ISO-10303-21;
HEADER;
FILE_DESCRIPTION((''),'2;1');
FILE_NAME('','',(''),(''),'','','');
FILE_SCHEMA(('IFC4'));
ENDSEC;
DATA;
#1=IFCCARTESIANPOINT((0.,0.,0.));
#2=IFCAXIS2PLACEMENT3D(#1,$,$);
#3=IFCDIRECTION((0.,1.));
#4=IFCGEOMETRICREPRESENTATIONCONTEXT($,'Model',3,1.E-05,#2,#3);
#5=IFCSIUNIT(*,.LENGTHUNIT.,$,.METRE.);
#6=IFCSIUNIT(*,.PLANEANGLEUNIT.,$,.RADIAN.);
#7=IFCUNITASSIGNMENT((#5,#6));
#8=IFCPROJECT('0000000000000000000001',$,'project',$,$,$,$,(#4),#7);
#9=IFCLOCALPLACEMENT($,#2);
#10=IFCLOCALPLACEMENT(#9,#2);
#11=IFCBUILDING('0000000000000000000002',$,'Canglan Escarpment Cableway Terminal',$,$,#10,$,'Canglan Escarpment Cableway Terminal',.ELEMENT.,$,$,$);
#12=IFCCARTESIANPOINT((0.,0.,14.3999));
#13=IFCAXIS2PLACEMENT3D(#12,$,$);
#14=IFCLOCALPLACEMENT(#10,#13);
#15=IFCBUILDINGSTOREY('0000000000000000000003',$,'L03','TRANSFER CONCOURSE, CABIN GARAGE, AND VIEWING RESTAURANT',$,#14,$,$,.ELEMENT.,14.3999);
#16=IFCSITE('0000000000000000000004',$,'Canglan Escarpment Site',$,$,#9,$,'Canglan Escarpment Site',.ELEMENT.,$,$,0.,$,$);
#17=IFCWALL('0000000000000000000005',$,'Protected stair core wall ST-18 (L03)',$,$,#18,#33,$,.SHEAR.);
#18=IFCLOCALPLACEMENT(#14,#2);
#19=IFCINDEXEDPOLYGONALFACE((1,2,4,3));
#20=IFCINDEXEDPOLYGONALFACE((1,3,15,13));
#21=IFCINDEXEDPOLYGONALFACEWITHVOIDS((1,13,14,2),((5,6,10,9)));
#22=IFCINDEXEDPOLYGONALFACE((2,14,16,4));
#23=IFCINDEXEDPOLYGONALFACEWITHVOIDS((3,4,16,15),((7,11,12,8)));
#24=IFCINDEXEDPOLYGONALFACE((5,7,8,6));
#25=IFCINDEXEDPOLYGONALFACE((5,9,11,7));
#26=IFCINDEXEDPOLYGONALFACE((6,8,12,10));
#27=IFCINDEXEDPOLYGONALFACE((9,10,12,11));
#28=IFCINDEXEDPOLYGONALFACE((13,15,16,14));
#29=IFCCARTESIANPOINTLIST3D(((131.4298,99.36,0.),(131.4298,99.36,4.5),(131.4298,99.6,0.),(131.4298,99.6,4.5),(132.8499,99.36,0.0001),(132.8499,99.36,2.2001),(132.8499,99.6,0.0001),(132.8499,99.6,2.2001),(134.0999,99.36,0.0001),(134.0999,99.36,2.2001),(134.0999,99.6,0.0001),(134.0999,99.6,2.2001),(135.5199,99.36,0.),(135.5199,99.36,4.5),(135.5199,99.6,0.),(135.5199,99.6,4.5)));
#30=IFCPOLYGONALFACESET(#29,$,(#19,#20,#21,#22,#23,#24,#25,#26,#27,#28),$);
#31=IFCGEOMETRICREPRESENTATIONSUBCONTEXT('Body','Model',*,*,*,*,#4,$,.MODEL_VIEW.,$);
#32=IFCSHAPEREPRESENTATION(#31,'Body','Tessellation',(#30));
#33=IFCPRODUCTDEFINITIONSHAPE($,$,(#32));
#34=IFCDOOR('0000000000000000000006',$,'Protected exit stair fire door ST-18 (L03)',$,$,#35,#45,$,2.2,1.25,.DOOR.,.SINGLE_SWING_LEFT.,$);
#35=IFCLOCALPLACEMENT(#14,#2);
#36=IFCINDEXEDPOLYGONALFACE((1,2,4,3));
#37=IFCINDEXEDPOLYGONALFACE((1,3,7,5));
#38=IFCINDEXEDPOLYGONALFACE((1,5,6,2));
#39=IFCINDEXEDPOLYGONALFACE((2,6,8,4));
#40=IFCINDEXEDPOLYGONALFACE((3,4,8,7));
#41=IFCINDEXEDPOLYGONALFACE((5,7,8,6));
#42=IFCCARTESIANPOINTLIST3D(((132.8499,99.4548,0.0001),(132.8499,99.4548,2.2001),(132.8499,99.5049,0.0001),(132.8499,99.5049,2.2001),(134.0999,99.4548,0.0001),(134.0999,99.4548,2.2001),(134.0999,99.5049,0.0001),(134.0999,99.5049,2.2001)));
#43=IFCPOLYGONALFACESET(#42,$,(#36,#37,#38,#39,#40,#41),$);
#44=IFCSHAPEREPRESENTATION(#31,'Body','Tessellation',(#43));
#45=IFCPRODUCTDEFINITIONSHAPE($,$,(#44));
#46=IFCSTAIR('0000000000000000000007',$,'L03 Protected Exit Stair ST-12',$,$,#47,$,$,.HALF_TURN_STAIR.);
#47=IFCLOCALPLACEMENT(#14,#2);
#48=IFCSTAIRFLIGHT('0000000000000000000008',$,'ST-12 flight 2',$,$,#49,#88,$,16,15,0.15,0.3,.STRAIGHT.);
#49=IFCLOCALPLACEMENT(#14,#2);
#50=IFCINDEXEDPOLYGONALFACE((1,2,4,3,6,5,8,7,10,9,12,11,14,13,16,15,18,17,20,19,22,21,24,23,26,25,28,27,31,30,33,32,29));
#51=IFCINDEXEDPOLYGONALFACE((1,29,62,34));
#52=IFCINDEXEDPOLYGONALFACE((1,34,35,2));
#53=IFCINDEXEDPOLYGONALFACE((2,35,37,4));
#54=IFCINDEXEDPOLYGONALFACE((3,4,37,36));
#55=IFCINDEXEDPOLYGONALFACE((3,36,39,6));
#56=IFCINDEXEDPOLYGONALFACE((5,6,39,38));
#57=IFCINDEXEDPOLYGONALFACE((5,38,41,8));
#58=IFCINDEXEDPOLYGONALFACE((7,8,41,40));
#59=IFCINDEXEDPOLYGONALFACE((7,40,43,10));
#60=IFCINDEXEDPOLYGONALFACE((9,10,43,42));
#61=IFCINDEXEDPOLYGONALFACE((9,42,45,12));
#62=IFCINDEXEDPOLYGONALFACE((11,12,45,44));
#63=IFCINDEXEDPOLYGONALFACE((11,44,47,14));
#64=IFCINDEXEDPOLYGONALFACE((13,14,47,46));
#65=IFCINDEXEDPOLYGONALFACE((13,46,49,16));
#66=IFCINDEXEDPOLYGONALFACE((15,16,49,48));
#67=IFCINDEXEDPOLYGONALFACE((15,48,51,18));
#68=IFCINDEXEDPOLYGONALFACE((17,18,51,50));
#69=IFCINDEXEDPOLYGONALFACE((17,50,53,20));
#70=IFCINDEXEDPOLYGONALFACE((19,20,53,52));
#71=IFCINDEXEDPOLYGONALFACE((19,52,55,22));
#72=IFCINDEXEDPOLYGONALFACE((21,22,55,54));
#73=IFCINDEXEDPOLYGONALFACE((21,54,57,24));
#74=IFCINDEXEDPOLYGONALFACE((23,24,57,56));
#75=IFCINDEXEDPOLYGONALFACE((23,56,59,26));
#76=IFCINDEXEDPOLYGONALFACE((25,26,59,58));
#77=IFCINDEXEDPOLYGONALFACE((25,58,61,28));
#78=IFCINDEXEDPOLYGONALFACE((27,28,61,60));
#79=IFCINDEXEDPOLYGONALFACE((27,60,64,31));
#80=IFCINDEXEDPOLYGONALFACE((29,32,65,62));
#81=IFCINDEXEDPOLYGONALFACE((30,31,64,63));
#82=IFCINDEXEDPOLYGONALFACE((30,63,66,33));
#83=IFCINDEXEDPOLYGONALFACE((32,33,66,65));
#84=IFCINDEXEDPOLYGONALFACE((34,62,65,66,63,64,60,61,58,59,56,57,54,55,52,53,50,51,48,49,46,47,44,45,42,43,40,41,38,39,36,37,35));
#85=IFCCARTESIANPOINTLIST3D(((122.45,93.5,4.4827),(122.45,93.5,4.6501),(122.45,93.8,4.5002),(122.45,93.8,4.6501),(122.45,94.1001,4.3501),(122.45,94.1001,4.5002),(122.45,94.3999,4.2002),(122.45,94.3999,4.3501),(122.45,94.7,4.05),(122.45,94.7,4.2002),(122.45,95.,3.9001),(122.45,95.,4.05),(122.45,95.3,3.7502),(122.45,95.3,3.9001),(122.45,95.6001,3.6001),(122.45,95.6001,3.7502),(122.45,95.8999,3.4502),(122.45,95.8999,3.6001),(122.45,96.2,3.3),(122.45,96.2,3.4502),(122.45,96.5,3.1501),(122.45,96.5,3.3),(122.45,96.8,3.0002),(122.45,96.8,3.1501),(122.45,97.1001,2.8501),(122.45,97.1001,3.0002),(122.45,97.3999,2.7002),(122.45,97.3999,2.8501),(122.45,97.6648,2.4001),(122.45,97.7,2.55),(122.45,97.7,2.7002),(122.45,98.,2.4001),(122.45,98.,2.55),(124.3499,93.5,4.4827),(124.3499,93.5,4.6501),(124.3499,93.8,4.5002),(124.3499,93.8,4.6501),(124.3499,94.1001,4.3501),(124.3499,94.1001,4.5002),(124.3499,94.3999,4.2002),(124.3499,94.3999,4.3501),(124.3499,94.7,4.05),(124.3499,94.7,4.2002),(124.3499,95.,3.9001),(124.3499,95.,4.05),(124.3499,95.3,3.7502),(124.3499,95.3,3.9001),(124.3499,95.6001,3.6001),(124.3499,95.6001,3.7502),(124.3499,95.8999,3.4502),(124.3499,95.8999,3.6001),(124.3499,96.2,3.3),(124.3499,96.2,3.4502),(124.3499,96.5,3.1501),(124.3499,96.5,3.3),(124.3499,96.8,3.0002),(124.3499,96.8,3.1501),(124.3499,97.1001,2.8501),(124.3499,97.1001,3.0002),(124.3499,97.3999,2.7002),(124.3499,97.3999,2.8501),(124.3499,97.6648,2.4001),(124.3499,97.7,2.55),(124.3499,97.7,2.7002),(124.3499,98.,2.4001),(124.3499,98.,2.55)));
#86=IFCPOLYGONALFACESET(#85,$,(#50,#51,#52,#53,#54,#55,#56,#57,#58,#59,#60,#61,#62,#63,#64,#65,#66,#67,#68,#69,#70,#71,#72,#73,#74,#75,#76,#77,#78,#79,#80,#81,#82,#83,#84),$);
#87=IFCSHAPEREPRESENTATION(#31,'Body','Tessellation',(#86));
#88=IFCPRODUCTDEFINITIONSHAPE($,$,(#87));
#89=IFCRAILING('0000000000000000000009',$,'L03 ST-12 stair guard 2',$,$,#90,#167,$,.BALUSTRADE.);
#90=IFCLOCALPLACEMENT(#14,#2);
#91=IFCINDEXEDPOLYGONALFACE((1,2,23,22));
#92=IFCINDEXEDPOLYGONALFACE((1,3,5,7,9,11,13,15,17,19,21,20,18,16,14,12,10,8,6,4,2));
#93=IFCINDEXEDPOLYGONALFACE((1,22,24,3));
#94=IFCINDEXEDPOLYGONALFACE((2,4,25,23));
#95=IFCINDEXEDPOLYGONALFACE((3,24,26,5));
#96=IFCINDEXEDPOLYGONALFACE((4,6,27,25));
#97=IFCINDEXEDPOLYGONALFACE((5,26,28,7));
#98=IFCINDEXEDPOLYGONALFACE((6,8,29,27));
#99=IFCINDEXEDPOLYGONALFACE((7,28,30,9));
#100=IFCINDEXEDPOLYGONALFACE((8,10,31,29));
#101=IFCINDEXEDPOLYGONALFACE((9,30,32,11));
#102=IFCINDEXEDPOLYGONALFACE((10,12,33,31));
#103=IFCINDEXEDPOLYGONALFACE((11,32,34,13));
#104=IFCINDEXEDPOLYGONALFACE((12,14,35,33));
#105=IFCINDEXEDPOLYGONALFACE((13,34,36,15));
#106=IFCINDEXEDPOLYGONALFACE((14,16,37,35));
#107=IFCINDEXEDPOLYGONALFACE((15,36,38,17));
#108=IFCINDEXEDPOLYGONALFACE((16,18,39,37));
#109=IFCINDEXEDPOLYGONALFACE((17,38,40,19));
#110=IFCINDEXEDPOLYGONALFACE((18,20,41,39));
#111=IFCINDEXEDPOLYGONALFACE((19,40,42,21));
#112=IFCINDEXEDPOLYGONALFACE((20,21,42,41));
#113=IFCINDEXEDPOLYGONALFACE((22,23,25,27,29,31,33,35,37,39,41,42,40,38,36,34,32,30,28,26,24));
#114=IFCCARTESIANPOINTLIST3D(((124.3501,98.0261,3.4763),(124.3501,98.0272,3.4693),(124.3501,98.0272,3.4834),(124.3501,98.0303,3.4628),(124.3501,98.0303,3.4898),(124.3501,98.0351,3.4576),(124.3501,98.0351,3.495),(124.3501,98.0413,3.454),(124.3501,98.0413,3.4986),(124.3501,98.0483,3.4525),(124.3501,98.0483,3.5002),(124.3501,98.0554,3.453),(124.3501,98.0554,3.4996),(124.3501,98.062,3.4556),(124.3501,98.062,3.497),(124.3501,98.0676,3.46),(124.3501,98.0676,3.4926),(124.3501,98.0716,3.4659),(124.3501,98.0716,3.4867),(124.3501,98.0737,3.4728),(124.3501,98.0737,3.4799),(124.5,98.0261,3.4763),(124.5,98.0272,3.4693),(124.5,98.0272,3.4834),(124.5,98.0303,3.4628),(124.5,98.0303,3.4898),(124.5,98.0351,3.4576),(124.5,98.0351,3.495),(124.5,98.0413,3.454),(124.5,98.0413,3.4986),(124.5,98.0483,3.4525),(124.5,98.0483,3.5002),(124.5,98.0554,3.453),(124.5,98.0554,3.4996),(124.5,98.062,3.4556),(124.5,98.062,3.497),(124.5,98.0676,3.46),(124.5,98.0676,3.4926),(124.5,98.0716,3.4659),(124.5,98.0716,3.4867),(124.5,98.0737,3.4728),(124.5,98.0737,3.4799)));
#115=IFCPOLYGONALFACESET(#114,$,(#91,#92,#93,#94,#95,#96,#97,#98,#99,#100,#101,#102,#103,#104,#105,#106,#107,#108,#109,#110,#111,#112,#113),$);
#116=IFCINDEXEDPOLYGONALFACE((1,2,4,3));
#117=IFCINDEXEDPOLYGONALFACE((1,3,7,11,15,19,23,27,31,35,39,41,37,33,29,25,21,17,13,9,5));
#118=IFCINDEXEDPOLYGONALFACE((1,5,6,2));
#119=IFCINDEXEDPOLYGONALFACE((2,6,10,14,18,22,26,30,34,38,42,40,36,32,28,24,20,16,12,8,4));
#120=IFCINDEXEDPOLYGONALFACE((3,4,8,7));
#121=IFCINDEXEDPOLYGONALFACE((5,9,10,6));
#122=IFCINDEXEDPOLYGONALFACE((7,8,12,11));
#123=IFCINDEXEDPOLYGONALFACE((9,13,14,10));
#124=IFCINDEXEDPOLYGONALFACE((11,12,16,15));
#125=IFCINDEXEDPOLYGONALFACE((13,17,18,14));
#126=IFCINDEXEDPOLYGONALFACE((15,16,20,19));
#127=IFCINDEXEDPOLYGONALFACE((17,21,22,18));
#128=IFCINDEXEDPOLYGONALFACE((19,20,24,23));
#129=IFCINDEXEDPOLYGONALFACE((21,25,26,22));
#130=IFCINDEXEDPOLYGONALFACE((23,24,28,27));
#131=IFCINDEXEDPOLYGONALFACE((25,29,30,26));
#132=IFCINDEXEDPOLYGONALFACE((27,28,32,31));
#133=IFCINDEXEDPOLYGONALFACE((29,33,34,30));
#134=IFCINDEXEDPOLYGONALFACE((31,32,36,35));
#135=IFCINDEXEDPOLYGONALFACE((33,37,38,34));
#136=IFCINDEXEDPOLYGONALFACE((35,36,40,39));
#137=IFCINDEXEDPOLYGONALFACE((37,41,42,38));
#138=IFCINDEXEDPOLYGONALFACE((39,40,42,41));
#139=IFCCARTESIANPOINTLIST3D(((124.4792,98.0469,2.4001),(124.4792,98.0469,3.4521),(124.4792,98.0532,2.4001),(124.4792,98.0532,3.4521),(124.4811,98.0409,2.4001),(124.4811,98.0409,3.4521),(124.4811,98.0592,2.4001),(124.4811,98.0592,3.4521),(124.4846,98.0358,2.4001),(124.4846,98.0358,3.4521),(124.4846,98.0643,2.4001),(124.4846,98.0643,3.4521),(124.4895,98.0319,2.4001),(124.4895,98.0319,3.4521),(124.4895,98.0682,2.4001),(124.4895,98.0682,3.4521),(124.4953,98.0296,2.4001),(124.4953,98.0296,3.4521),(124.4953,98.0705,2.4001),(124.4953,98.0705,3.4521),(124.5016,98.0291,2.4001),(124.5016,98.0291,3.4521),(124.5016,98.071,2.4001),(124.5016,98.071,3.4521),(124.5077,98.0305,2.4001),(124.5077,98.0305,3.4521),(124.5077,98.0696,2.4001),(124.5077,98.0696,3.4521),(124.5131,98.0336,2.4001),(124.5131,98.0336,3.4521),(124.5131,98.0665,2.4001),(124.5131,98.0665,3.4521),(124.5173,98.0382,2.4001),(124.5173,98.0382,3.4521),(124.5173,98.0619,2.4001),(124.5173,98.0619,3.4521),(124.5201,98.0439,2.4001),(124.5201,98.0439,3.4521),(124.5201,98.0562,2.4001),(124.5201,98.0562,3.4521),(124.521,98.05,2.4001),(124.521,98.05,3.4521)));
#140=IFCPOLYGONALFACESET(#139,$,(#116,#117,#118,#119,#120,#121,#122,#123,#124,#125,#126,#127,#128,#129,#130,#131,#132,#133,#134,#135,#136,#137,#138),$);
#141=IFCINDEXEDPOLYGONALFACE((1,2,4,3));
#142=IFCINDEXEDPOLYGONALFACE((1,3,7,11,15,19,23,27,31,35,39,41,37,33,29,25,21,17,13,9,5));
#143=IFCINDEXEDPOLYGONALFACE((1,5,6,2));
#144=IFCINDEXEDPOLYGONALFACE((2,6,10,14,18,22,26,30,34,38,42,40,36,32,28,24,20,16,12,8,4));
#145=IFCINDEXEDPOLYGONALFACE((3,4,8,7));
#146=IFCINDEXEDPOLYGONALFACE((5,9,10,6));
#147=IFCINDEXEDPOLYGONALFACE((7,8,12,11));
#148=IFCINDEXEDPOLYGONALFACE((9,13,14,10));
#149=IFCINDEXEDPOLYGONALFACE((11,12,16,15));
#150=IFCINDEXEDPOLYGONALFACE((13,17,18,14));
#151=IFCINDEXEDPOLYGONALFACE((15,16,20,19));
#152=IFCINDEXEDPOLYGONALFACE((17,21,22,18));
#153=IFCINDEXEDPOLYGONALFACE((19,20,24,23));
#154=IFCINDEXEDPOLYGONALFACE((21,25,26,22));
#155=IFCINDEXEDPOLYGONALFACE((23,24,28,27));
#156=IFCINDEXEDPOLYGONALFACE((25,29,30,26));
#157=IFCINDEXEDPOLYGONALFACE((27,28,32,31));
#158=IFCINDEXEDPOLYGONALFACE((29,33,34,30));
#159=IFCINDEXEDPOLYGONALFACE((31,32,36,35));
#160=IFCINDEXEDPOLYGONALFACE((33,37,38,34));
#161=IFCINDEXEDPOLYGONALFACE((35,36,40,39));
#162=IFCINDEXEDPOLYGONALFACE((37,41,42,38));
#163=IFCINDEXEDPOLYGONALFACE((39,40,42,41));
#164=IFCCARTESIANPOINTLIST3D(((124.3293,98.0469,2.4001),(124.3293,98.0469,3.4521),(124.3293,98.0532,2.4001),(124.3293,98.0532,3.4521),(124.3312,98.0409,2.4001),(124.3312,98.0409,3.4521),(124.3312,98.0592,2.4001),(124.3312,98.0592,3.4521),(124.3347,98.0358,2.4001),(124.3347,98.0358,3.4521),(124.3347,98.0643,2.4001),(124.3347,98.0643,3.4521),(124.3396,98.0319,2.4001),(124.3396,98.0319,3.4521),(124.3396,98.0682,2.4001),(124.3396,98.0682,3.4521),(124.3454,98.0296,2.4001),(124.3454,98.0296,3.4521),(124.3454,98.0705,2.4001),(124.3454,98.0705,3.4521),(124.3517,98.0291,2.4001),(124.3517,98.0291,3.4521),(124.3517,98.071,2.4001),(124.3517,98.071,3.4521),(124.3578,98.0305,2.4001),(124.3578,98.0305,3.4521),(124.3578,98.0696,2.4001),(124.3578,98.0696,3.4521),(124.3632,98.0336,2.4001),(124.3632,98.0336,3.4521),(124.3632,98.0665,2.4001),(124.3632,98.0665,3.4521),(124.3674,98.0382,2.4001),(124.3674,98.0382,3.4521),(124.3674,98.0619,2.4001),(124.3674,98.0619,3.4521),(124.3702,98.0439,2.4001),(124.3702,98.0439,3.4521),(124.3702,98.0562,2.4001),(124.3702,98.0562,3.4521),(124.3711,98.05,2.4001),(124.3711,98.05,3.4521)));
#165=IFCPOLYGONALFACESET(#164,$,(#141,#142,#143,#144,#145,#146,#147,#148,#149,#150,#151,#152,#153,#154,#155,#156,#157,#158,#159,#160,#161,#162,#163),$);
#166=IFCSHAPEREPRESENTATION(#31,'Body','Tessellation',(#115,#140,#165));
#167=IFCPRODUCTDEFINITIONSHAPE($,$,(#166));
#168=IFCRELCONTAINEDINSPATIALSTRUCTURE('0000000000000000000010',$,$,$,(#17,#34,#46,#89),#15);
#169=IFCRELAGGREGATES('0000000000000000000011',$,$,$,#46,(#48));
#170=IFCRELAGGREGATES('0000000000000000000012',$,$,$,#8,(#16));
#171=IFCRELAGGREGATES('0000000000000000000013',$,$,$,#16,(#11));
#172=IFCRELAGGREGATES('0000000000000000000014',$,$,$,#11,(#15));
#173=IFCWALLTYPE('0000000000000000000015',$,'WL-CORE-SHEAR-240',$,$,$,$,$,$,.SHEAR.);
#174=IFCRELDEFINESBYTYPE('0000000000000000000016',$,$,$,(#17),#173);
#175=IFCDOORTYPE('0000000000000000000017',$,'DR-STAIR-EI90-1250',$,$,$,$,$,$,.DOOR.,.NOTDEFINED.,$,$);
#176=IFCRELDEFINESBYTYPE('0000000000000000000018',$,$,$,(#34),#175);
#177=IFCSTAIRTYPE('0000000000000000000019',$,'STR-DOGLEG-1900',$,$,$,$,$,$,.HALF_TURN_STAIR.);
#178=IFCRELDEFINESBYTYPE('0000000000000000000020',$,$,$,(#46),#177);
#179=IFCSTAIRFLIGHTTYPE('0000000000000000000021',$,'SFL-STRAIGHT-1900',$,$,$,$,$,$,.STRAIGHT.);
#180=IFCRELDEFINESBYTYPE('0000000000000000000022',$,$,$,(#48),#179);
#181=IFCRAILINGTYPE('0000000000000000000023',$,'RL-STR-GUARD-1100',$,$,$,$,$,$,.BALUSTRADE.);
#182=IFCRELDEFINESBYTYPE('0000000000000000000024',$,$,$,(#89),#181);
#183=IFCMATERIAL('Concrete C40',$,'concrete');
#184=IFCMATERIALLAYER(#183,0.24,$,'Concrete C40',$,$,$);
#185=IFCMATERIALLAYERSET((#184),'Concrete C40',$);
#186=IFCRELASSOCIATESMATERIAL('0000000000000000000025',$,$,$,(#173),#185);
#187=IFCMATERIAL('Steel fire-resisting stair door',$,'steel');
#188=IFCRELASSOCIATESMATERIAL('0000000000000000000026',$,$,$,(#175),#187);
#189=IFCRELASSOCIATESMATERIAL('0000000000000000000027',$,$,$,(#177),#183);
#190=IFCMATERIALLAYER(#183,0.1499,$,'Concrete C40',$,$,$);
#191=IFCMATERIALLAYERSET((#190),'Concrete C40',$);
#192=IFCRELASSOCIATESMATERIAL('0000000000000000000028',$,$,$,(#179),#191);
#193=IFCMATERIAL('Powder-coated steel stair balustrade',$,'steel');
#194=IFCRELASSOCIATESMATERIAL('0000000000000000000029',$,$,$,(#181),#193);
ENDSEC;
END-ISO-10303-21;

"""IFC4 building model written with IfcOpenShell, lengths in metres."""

from ifc_helpers import new_model, si_unit, direction, frame, frame_2d, origin, origin_2d, place, context, subcontext, project, spatial, polyline, rectangle, circle, outline, extrude, material, layer, layer_set, type_object, element, fill, aggregate, save


model = new_model("IFC4")

# Units and contexts
model_context = context("Model", 3, precision=1e-05, world=origin(), true_north=direction((0.0, 1.0)))
body_context = subcontext(model_context, "Body", "Model", "MODEL_VIEW")
ifc_project = project(units=[si_unit("LENGTHUNIT", "METRE"), si_unit("PLANEANGLEUNIT", "RADIAN")], contexts=[model_context])

# Site, building, storey
site_placement = place(None, origin())
site = spatial("IfcSite", under=ifc_project, at=site_placement, Name="Canglan Escarpment Site", LongName="Canglan Escarpment Site", CompositionType="ELEMENT", RefElevation=0.0)
building_placement = place(site_placement, origin())
building = spatial("IfcBuilding", under=site, at=building_placement, Name="Canglan Escarpment Cableway Terminal", LongName="Canglan Escarpment Cableway Terminal", CompositionType="ELEMENT")
storey_placement = place(building_placement, frame((0.0, 0.0, 14.3999)))
storey = spatial("IfcBuildingStorey", under=building, at=storey_placement, Name="L03", Description="TRANSFER CONCOURSE, CABIN GARAGE, AND VIEWING RESTAURANT", CompositionType="ELEMENT", Elevation=14.3999)

# Shared definitions
ifc_material_1 = material(Name="Concrete C40", Category="concrete")

# Shared definitions
ifc_layer_1 = layer(ifc_material_1, 0.24, Name="Concrete C40")
ifc_layer_set_1 = layer_set([ifc_layer_1], Name="Concrete C40")
wall_type_1 = type_object("IfcWallType", Name="WL-CORE-SHEAR-240", PredefinedType="SHEAR", material=ifc_layer_set_1)

# Wall, opening, door
wall_1_placement = place(storey_placement, frame((131.4299, 99.48, 0.0), z_axis=(0.0, 0.0, 1.0), x_axis=(1.0, 0.0, 0.0)))
wall_1 = element("IfcWall", 1, at=wall_1_placement, inside=storey, type_object=wall_type_1, Name="Protected stair core wall ST-18 (L03)", PredefinedType="SHEAR", context=body_context, shape_type="SweptSolid", body=[
    extrude(rectangle(XDim=4.0901, YDim=0.24, at=frame_2d((2.0449, 0.0))), origin(), (0.0, 0.0, 1.0), 4.5),
])
opening_placement = place(wall_1_placement, frame((1.4199, 0.0, 0.0)))
opening = element("IfcOpeningElement", 2, at=opening_placement, cuts=wall_1, PredefinedType="OPENING", context=body_context, shape_type="SweptSolid", body=[
    extrude(rectangle(XDim=1.25, YDim=2.2, at=frame_2d((0.625, 1.1001))), frame((0.0, 0.1299, 0.0), z_axis=(0.0, -1.0, 0.0), x_axis=(1.0, 0.0, 0.0)), (0.0, 0.0, 1.0), 0.26),
])
ifc_material_2 = material(Name="Steel fire-resisting stair door", Category="steel")
door_type = type_object("IfcDoorType", Name="DR-STAIR-EI90-1250", OperationType="NOTDEFINED", PredefinedType="DOOR", material=ifc_material_2)
door_placement = place(opening_placement, origin())
door = element("IfcDoor", 3, at=door_placement, inside=storey, type_object=door_type, Name="Protected exit stair fire door ST-18 (L03)", OperationType="SINGLE_SWING_LEFT", OverallHeight=2.2, OverallWidth=1.25, PredefinedType="DOOR", context=body_context, shape_type="SweptSolid", body=[
    extrude(rectangle(XDim=1.25, YDim=2.2, at=frame_2d((0.625, 1.1001))), frame((0.0, 0.0249, 0.0), z_axis=(0.0, -1.0, 0.0), x_axis=(1.0, 0.0, 0.0)), (0.0, 0.0, 1.0), 0.05),
])
fill(opening, door)

# Stair, stair flight
stair_type = type_object("IfcStairType", Name="STR-DOGLEG-1900", PredefinedType="HALF_TURN_STAIR", material=ifc_material_1)
stair_placement = place(storey_placement, origin())
stair = element("IfcStair", 4, at=stair_placement, inside=storey, type_object=stair_type, Name="L03 Protected Exit Stair ST-12", PredefinedType="HALF_TURN_STAIR")
ifc_layer_2 = layer(ifc_material_1, 0.1499, Name="Concrete C40")
ifc_layer_set_2 = layer_set([ifc_layer_2], Name="Concrete C40")
stair_flight_type = type_object("IfcStairFlightType", Name="SFL-STRAIGHT-1900", PredefinedType="STRAIGHT", material=ifc_layer_set_2)
stair_flight_placement = place(storey_placement, frame((123.3999, 98.0, 2.4001), z_axis=(0.0, 0.0, 1.0), x_axis=(0.0, -1.0, 0.0)))
stair_flight = element("IfcStairFlight", 5, at=stair_flight_placement, type_object=stair_flight_type, Name="ST-12 flight 2", NumberOfRisers=16, NumberOfTreads=15, PredefinedType="STRAIGHT", RiserHeight=0.15, TreadLength=0.3, context=body_context, shape_type="SweptSolid", body=[
    extrude(outline(polyline([(0.0, 0.0), (0.0, 0.1499), (0.3, 0.1499), (0.3, 0.3), (0.6001, 0.3), (0.6001, 0.45), (0.8999, 0.45), (0.8999, 0.6001), (1.2, 0.6001), (1.2, 0.75), (1.5, 0.75), (1.5, 0.8999), (1.8, 0.8999), (1.8, 1.05), (2.1001, 1.05), (2.1001, 1.2), (2.3999, 1.2), (2.3999, 1.3501), (2.7, 1.3501), (2.7, 1.5), (3.0, 1.5), (3.0, 1.6499), (3.3, 1.6499), (3.3, 1.8), (3.6001, 1.8), (3.6001, 1.95), (3.8999, 1.95), (3.8999, 2.1001), (4.2, 2.1001), (4.2, 2.25), (4.5, 2.25), (4.5, 2.3999), (4.5, 2.0825), (0.3352, 0.0), (0.0, 0.0)])), frame((0.0, 0.95, 0.0), z_axis=(0.0, -1.0, 0.0), x_axis=(1.0, 0.0, 0.0)), (0.0, 0.0, 1.0), 1.8999),
])
aggregate(stair, [stair_flight])

# Railing
ifc_material_3 = material(Name="Powder-coated steel stair balustrade", Category="steel")
railing_type = type_object("IfcRailingType", Name="RL-STR-GUARD-1100", PredefinedType="BALUSTRADE", material=ifc_material_3)
railing_1_placement = place(storey_placement, frame((124.5, 98.05, 2.4001)))
element("IfcRailing", 6, at=railing_1_placement, inside=storey, type_object=railing_type, Name="L03 ST-12 stair guard 2", PredefinedType="BALUSTRADE", context=body_context, shape_type="SweptSolid", body=[
    extrude(circle(Radius=0.0239, at=origin_2d()), frame((0.0, 0.0, 1.0762), z_axis=(-1.0, 0.0, 0.0), x_axis=(0.0, -1.0, 0.0)), (0.0, 0.0, 1.0), 0.1499),
    extrude(circle(Radius=0.021, at=origin_2d()), origin(), (0.0, 0.0, 1.0), 1.052),
    extrude(circle(Radius=0.021, at=origin_2d()), frame((-0.1499, 0.0, 0.0)), (0.0, 0.0, 1.0), 1.052),
])

save(model, "model.ifc")
